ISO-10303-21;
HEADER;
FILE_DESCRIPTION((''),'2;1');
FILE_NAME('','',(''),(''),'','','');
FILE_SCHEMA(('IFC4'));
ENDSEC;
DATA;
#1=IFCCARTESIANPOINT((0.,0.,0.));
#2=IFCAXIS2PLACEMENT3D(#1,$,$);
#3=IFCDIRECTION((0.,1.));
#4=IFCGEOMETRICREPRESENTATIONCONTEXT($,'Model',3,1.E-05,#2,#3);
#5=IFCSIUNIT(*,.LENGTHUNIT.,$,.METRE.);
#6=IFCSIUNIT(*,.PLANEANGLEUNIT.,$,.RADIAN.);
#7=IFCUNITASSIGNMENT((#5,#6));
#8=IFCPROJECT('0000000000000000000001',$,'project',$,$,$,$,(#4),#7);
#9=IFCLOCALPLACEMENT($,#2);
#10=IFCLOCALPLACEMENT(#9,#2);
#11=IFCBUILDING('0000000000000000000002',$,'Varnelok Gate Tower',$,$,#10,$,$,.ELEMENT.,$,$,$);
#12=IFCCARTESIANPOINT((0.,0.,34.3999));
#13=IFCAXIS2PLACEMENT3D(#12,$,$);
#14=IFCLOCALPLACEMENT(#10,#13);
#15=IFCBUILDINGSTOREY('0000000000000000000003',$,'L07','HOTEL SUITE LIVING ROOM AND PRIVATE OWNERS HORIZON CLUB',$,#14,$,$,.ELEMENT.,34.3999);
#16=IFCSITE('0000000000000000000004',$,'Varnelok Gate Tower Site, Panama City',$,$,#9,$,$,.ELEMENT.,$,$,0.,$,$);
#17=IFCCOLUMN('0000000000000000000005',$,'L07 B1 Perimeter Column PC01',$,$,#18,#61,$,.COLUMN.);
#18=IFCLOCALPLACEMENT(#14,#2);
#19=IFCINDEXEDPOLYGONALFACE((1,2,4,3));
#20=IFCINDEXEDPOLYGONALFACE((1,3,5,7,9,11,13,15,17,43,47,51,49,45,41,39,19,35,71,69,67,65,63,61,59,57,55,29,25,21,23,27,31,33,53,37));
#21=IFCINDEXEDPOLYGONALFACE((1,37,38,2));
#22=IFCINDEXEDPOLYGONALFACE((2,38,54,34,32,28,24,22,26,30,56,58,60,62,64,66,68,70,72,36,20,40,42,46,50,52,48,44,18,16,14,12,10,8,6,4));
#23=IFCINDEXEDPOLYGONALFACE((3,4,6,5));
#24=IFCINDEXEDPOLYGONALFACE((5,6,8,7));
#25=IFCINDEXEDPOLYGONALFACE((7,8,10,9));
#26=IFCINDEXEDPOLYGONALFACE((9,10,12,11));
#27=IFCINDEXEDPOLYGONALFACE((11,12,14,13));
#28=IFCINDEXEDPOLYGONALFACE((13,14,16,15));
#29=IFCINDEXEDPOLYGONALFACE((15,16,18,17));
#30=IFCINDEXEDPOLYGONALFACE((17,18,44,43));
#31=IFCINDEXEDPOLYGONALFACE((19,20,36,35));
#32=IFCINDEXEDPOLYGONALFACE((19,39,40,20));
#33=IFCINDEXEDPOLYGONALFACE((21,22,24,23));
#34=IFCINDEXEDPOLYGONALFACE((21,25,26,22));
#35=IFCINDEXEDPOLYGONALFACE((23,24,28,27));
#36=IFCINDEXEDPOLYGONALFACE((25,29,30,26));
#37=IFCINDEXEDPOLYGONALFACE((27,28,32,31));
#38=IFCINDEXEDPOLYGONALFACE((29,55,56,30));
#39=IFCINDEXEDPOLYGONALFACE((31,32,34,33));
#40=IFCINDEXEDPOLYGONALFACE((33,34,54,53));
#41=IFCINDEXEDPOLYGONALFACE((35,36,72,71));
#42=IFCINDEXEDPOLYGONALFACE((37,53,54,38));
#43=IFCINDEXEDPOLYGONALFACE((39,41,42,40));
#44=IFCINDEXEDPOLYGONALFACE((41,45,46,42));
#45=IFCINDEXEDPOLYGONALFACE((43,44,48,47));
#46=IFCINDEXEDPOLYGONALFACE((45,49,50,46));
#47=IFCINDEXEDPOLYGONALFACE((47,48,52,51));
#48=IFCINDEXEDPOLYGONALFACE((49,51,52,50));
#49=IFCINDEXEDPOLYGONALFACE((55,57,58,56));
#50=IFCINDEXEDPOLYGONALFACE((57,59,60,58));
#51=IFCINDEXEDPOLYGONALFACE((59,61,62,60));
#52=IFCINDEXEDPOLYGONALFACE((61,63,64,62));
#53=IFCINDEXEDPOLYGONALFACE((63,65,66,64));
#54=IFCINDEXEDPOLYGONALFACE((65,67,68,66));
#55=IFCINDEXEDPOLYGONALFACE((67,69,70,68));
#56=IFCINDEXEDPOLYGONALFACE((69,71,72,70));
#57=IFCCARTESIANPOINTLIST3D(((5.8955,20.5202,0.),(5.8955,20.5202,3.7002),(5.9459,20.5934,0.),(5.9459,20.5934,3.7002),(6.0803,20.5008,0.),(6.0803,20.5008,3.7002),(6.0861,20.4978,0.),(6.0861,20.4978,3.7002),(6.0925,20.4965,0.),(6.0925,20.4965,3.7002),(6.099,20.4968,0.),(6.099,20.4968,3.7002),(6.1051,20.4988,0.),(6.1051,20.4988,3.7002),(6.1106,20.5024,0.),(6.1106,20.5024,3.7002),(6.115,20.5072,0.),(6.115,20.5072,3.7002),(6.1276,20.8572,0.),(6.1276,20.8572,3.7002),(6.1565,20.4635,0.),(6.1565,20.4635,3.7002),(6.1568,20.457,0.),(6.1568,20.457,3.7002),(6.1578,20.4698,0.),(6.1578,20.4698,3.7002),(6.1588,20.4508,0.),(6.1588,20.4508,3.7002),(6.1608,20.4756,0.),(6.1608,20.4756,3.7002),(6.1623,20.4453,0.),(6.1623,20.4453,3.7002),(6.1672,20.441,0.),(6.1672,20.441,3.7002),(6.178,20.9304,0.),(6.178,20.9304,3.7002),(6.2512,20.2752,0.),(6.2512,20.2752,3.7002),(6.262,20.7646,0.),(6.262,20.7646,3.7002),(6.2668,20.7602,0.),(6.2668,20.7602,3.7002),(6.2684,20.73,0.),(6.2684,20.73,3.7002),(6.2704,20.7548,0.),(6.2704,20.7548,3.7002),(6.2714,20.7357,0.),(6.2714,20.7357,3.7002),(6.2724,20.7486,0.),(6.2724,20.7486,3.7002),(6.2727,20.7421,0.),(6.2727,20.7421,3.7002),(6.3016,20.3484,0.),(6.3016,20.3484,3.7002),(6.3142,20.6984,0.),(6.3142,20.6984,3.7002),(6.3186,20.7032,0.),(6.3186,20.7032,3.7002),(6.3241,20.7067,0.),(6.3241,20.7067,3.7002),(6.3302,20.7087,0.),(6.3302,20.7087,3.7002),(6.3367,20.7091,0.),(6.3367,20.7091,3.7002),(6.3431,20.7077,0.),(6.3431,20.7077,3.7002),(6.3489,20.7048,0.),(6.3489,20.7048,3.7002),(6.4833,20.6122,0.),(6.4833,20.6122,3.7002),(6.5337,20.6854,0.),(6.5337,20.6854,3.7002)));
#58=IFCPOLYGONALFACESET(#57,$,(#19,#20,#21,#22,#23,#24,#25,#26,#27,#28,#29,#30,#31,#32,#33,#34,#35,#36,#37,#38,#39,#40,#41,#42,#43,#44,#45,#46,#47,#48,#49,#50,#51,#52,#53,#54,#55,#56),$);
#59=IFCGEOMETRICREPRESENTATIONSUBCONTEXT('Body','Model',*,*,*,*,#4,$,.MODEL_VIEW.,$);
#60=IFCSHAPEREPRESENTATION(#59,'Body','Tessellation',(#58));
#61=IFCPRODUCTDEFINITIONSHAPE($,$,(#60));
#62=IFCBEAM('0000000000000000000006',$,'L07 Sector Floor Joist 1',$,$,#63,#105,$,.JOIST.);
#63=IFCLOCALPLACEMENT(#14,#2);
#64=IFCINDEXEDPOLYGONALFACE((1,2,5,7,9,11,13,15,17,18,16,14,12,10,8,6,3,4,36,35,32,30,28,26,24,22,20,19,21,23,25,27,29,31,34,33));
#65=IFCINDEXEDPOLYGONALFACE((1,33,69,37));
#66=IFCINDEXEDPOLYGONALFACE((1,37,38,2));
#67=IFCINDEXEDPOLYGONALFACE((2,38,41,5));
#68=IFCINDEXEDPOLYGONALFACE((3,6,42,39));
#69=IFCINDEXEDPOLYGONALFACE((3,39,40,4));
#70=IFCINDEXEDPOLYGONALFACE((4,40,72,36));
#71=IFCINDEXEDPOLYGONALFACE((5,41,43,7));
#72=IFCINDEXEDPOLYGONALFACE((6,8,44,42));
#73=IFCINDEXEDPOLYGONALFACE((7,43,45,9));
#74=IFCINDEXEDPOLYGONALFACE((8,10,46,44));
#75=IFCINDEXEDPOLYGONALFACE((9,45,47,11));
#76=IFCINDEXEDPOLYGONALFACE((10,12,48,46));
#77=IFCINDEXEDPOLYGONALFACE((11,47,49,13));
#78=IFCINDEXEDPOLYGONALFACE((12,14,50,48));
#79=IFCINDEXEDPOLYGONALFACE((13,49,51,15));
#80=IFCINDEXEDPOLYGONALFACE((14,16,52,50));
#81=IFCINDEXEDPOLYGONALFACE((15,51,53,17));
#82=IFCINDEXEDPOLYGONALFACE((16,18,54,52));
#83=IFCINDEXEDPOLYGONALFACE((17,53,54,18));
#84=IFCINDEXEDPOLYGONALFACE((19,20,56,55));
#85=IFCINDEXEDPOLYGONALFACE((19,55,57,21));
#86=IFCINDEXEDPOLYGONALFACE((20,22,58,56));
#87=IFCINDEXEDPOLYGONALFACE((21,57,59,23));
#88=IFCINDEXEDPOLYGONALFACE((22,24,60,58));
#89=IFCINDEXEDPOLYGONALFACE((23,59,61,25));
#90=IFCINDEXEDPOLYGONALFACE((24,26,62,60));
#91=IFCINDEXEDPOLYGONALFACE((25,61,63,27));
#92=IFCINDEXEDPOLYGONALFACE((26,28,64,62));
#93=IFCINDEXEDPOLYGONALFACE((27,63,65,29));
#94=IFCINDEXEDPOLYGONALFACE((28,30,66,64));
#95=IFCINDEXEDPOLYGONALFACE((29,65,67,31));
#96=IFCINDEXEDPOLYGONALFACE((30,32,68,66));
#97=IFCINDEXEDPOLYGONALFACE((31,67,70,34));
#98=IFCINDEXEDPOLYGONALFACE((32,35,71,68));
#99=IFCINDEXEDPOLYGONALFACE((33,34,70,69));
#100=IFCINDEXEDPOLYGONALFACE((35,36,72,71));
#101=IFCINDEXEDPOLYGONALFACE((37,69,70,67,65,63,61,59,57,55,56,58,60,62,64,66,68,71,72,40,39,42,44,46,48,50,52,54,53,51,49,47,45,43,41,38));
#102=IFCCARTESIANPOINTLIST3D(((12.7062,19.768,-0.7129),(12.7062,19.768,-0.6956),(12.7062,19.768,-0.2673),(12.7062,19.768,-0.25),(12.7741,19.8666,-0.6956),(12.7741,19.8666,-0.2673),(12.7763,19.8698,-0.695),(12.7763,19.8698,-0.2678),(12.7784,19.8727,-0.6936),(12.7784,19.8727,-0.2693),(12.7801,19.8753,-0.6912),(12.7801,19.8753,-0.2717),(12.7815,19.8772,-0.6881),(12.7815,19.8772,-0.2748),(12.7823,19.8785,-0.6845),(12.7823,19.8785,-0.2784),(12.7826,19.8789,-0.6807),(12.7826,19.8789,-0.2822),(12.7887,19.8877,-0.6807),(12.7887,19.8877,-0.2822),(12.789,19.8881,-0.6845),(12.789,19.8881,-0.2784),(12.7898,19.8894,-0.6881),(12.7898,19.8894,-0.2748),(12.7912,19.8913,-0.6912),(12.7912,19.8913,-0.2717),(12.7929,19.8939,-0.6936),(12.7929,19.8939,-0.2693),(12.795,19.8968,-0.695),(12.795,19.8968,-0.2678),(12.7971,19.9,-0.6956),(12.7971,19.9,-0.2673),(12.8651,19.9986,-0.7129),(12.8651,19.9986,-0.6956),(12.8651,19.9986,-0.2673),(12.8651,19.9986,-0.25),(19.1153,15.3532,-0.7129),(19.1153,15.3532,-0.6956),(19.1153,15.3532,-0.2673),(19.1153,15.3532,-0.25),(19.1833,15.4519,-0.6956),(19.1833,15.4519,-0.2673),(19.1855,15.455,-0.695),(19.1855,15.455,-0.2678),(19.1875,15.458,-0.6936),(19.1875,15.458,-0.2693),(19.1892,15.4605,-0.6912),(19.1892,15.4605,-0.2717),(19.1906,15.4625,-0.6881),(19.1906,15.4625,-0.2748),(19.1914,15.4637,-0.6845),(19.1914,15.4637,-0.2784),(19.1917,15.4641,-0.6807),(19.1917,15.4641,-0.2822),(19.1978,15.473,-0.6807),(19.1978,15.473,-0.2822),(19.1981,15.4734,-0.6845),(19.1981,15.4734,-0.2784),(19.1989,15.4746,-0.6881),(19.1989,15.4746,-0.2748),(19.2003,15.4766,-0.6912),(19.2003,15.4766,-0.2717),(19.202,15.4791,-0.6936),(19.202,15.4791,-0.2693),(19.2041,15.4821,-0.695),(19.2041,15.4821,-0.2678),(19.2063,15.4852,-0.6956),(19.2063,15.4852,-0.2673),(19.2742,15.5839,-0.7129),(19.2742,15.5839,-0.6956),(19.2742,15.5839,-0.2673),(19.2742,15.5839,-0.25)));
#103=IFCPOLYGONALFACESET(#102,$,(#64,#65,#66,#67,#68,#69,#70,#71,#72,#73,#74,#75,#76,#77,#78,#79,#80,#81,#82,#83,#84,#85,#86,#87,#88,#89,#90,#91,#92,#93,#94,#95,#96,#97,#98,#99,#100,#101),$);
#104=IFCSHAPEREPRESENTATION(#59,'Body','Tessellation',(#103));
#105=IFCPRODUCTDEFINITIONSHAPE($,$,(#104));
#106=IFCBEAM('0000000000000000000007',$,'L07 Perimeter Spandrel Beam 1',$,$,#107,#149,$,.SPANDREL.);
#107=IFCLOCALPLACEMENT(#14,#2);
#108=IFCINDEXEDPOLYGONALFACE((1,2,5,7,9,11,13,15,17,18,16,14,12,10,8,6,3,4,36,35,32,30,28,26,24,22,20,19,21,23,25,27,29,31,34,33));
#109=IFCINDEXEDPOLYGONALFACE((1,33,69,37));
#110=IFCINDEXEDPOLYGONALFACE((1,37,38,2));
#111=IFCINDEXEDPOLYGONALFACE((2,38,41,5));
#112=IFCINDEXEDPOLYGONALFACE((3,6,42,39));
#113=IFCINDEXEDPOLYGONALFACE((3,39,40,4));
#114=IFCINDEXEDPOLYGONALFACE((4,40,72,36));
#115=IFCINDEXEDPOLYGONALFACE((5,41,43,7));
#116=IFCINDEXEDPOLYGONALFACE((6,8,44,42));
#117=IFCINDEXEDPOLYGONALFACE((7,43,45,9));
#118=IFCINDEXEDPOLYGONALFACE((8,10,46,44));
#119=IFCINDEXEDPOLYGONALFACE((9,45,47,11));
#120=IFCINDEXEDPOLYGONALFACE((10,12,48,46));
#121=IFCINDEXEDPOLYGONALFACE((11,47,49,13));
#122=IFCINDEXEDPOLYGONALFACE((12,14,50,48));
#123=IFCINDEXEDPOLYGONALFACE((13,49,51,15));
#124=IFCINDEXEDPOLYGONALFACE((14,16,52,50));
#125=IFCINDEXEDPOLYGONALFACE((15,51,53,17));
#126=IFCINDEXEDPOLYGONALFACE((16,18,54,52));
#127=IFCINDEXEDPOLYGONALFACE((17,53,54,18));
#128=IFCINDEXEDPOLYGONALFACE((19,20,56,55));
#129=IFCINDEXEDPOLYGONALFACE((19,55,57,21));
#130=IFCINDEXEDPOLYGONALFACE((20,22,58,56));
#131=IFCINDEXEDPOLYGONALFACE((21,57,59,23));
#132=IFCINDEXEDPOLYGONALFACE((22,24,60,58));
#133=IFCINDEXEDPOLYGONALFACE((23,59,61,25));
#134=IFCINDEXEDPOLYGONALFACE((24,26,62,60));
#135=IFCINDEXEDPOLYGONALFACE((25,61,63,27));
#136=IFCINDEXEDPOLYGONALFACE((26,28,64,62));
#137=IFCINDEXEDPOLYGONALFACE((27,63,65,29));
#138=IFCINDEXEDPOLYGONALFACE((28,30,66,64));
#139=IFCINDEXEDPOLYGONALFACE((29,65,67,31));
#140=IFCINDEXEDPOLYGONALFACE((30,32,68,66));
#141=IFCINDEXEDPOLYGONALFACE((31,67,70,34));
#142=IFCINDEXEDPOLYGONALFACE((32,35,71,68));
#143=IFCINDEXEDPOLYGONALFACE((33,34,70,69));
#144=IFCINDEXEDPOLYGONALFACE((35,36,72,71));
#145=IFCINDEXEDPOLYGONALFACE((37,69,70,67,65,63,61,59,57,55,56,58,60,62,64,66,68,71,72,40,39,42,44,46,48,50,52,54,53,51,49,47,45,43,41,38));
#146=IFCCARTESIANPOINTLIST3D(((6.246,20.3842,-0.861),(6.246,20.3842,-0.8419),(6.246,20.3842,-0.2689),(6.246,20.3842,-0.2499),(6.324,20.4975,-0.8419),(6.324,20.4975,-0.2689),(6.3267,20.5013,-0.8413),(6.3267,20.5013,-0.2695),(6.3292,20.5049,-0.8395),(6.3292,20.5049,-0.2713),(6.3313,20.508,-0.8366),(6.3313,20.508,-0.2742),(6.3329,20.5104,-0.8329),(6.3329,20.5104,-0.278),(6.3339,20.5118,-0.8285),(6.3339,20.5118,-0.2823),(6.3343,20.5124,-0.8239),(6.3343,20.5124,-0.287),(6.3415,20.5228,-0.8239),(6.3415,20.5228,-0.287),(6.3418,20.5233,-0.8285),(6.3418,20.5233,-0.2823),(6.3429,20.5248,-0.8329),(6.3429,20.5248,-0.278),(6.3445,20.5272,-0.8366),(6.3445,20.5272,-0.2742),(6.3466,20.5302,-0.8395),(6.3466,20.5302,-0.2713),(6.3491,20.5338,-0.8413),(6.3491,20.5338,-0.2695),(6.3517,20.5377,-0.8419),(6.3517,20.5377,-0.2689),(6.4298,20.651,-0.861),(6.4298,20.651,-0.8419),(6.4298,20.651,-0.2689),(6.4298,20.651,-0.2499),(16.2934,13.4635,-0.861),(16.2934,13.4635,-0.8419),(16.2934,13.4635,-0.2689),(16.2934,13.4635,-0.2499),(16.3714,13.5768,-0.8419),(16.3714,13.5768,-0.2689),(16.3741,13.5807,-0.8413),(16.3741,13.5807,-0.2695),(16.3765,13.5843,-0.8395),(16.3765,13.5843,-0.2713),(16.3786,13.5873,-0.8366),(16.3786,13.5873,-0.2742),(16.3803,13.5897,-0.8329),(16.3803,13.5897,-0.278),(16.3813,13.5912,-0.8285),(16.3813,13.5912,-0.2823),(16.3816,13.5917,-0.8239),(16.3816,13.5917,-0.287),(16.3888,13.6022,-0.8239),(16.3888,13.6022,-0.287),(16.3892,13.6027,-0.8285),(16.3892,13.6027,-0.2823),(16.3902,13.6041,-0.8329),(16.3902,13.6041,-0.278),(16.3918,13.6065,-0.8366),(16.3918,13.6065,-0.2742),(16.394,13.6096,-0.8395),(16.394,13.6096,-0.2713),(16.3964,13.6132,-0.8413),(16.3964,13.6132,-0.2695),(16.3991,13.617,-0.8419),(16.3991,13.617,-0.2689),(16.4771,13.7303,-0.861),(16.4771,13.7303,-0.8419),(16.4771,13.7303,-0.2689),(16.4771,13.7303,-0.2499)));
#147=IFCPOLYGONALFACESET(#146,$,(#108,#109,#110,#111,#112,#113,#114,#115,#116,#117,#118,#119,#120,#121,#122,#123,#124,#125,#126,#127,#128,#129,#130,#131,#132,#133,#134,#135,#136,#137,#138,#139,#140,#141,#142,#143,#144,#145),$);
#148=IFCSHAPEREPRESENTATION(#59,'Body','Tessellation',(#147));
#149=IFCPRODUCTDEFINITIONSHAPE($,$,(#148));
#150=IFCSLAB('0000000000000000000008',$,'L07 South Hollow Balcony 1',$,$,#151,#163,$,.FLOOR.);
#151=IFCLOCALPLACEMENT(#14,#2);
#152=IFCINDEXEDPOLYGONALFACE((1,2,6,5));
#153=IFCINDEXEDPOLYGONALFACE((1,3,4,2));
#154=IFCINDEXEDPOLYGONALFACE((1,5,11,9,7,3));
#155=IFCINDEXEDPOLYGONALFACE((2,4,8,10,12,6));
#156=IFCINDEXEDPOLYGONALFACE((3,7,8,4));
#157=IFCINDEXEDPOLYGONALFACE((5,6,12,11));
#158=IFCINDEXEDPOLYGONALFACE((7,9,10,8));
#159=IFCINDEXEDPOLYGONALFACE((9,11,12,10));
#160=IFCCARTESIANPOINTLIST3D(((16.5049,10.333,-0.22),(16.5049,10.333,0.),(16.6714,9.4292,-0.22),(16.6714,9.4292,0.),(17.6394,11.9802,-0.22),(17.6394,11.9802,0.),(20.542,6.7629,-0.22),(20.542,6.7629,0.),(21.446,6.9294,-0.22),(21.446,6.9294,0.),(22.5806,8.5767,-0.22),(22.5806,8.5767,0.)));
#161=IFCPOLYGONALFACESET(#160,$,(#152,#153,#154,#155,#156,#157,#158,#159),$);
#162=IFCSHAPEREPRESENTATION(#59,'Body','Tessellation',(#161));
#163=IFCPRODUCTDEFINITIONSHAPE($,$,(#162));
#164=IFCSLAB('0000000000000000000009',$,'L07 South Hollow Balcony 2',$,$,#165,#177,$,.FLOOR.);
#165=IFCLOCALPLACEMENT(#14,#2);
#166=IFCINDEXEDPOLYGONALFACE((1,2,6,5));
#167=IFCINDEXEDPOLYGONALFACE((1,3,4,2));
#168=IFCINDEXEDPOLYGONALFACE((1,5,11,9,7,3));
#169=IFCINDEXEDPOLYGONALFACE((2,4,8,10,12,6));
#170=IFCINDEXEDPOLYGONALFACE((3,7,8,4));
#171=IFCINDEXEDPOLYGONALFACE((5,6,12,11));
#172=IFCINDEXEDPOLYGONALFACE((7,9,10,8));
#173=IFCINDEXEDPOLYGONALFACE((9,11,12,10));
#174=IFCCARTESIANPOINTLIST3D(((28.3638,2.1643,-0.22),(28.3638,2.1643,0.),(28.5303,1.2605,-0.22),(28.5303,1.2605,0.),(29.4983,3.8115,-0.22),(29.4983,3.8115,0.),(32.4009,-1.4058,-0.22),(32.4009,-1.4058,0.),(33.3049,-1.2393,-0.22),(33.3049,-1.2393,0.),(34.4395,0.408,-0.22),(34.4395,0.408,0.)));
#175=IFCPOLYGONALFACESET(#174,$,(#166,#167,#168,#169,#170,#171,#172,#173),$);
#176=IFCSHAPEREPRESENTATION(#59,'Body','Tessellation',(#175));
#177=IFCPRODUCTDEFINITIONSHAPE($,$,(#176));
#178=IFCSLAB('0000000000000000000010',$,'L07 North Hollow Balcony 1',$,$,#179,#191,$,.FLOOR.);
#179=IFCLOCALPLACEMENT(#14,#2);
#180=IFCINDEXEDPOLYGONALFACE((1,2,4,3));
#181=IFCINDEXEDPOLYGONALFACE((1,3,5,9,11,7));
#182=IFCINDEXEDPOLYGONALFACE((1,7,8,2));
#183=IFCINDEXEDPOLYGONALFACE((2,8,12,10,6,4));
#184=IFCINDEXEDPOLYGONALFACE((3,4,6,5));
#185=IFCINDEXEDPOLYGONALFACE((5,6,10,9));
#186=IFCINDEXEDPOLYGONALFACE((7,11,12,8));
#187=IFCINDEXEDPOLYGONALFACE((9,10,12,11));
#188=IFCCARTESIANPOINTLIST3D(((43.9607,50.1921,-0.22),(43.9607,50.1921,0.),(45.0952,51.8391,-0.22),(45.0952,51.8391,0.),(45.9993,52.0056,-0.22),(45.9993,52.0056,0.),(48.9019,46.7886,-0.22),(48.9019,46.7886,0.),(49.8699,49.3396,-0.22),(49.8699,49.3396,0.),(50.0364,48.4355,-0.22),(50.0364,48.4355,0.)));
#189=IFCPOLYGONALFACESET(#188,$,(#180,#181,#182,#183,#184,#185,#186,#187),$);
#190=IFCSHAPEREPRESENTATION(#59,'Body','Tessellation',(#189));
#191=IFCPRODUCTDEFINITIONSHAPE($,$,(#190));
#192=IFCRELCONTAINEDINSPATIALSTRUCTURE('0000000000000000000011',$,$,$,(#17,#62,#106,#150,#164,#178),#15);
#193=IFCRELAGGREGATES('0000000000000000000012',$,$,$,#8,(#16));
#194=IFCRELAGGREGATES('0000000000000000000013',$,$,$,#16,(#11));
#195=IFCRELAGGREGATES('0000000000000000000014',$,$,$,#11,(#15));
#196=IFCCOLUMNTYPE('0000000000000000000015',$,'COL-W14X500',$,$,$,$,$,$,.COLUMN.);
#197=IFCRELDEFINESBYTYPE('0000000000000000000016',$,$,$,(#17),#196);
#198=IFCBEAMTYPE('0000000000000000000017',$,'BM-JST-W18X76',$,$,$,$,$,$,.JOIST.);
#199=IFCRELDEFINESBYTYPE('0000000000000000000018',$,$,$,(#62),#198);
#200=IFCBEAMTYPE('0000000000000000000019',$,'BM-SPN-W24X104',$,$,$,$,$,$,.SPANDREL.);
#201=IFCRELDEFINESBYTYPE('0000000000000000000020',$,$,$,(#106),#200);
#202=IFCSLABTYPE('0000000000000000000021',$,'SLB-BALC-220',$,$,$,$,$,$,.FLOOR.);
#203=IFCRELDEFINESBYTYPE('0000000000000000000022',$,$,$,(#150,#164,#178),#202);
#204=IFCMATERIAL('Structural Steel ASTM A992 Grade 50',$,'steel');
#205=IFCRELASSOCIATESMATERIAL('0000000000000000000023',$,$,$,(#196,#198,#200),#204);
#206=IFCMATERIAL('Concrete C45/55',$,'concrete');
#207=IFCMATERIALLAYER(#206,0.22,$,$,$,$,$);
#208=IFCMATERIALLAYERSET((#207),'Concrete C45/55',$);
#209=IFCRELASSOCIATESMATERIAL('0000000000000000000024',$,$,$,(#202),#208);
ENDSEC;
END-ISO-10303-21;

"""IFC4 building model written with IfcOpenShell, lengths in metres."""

from ifc_helpers import new_model, si_unit, direction, frame, origin, origin_2d, place, context, subcontext, project, spatial, polyline, i_section, outline, extrude, material, layer, layer_set, material_profile, profile_set, type_object, element, save


model = new_model("IFC4")

# Units and contexts
model_context = context("Model", 3, precision=1e-05, world=origin(), true_north=direction((0.0, 1.0)))
body_context = subcontext(model_context, "Body", "Model", "MODEL_VIEW")
ifc_project = project(units=[si_unit("LENGTHUNIT", "METRE"), si_unit("PLANEANGLEUNIT", "RADIAN")], contexts=[model_context])

# Site, building, storey
site_placement = place(None, origin())
site = spatial("IfcSite", under=ifc_project, at=site_placement, Name="Varnelok Gate Tower Site, Panama City", CompositionType="ELEMENT", RefElevation=0.0)
building_placement = place(site_placement, origin())
building = spatial("IfcBuilding", under=site, at=building_placement, Name="Varnelok Gate Tower", CompositionType="ELEMENT")
storey_placement = place(building_placement, frame((0.0, 0.0, 34.3999)))
storey = spatial("IfcBuildingStorey", under=building, at=storey_placement, Name="L07", Description="HOTEL SUITE LIVING ROOM AND PRIVATE OWNERS HORIZON CLUB", CompositionType="ELEMENT", Elevation=34.3999)

# Column
ifc_material_1 = material(Name="Structural Steel ASTM A992 Grade 50", Category="steel")
ifc_material_profile_1 = material_profile(ifc_material_1, i_section(OverallWidth=0.4319, OverallDepth=0.498, WebThickness=0.0557, FlangeThickness=0.0889, FilletRadius=0.0249, at=origin_2d()), Name="W14X500")
ifc_profile_set_1 = profile_set([ifc_material_profile_1], Name="Structural Steel ASTM A992 Grade 50")
column_type = type_object("IfcColumnType", Name="COL-W14X500", PredefinedType="COLUMN", material=ifc_profile_set_1)
column_placement = place(storey_placement, frame((6.2146, 20.6028, 0.0), z_axis=(0.0, 0.0, 1.0), x_axis=(0.823533, -0.567269, 0.0)))
element("IfcColumn", 1, at=column_placement, inside=storey, type_object=column_type, Name="L07 B1 Perimeter Column PC01", PredefinedType="COLUMN", context=body_context, shape_type="SweptSolid", body=[
    extrude(i_section(OverallWidth=0.4319, OverallDepth=0.498, WebThickness=0.0557, FlangeThickness=0.0889, FilletRadius=0.0249, at=origin_2d()), origin(), (0.0, 0.0, 1.0), 3.7002),
])

# Beams
ifc_material_profile_2 = material_profile(ifc_material_1, i_section(OverallWidth=0.28, OverallDepth=0.4629, WebThickness=0.0107, FlangeThickness=0.0173, FilletRadius=0.0149, at=origin_2d()), Name="W18X76")
ifc_profile_set_2 = profile_set([ifc_material_profile_2], Name="Structural Steel ASTM A992 Grade 50")
beam_type_1 = type_object("IfcBeamType", Name="BM-JST-W18X76", PredefinedType="JOIST", material=ifc_profile_set_2)
beam_1_placement = place(storey_placement, frame((12.7856, 19.8833, -0.4814), z_axis=(0.823533, -0.567269, 0.0), x_axis=(0.567269, 0.823533, 0.0)))
element("IfcBeam", 2, at=beam_1_placement, inside=storey, type_object=beam_type_1, Name="L07 Sector Floor Joist 1", PredefinedType="JOIST", context=body_context, shape_type="SweptSolid", body=[
    extrude(i_section(OverallWidth=0.28, OverallDepth=0.4629, WebThickness=0.0107, FlangeThickness=0.0173, FilletRadius=0.0149, at=origin_2d()), origin(), (0.0, 0.0, 1.0), 7.7825),
])
ifc_material_profile_3 = material_profile(ifc_material_1, i_section(OverallWidth=0.324, OverallDepth=0.6111, WebThickness=0.0127, FlangeThickness=0.019, FilletRadius=0.0181, at=origin_2d()), Name="W24X104")
ifc_profile_set_3 = profile_set([ifc_material_profile_3], Name="Structural Steel ASTM A992 Grade 50")
beam_type_2 = type_object("IfcBeamType", Name="BM-SPN-W24X104", PredefinedType="SPANDREL", material=ifc_profile_set_3)
beam_2_placement = place(storey_placement, frame((6.3379, 20.5176, -0.5554), z_axis=(0.823541, -0.567257, 0.0), x_axis=(0.567257, 0.823541, 0.0)))
element("IfcBeam", 3, at=beam_2_placement, inside=storey, type_object=beam_type_2, Name="L07 Perimeter Spandrel Beam 1", PredefinedType="SPANDREL", context=body_context, shape_type="SweptSolid", body=[
    extrude(i_section(OverallWidth=0.324, OverallDepth=0.6111, WebThickness=0.0127, FlangeThickness=0.019, FilletRadius=0.0181, at=origin_2d()), origin(), (0.0, 0.0, 1.0), 12.2002),
])

# Slabs
ifc_material_2 = material(Name="Concrete C45/55", Category="concrete")
ifc_layer_1 = layer(ifc_material_2, 0.22)
ifc_layer_set_1 = layer_set([ifc_layer_1], Name="Concrete C45/55")
slab_type_1 = type_object("IfcSlabType", Name="SLB-BALC-220", PredefinedType="FLOOR", material=ifc_layer_set_1)
slab_1_placement = place(storey_placement, frame((0.0, 0.0, -0.22)))
element("IfcSlab", 4, at=slab_1_placement, inside=storey, type_object=slab_type_1, Name="L07 South Hollow Balcony 1", PredefinedType="FLOOR", context=body_context, shape_type="SweptSolid", body=[
    extrude(outline(polyline([(16.5049, 10.333), (16.6714, 9.4292), (20.542, 6.7629), (21.446, 6.9294), (22.5806, 8.5767), (17.6394, 11.9802), (16.5049, 10.333)])), origin(), (0.0, 0.0, 1.0), 0.22),
])
slab_2_placement = place(storey_placement, frame((0.0, 0.0, -0.22)))
element("IfcSlab", 5, at=slab_2_placement, inside=storey, type_object=slab_type_1, Name="L07 South Hollow Balcony 2", PredefinedType="FLOOR", context=body_context, shape_type="SweptSolid", body=[
    extrude(outline(polyline([(28.3638, 2.1643), (28.5303, 1.2605), (32.4009, -1.4058), (33.3049, -1.2393), (34.4395, 0.408), (29.4983, 3.8115), (28.3638, 2.1643)])), origin(), (0.0, 0.0, 1.0), 0.22),
])
slab_3_placement = place(storey_placement, frame((0.0, 0.0, -0.22)))
element("IfcSlab", 6, at=slab_3_placement, inside=storey, type_object=slab_type_1, Name="L07 North Hollow Balcony 1", PredefinedType="FLOOR", context=body_context, shape_type="SweptSolid", body=[
    extrude(outline(polyline([(43.9607, 50.1921), (48.9019, 46.7886), (50.0364, 48.4355), (49.8699, 49.3396), (45.9993, 52.0056), (45.0952, 51.8391), (43.9607, 50.1921)])), origin(), (0.0, 0.0, 1.0), 0.22),
])

save(model, "model.ifc")
